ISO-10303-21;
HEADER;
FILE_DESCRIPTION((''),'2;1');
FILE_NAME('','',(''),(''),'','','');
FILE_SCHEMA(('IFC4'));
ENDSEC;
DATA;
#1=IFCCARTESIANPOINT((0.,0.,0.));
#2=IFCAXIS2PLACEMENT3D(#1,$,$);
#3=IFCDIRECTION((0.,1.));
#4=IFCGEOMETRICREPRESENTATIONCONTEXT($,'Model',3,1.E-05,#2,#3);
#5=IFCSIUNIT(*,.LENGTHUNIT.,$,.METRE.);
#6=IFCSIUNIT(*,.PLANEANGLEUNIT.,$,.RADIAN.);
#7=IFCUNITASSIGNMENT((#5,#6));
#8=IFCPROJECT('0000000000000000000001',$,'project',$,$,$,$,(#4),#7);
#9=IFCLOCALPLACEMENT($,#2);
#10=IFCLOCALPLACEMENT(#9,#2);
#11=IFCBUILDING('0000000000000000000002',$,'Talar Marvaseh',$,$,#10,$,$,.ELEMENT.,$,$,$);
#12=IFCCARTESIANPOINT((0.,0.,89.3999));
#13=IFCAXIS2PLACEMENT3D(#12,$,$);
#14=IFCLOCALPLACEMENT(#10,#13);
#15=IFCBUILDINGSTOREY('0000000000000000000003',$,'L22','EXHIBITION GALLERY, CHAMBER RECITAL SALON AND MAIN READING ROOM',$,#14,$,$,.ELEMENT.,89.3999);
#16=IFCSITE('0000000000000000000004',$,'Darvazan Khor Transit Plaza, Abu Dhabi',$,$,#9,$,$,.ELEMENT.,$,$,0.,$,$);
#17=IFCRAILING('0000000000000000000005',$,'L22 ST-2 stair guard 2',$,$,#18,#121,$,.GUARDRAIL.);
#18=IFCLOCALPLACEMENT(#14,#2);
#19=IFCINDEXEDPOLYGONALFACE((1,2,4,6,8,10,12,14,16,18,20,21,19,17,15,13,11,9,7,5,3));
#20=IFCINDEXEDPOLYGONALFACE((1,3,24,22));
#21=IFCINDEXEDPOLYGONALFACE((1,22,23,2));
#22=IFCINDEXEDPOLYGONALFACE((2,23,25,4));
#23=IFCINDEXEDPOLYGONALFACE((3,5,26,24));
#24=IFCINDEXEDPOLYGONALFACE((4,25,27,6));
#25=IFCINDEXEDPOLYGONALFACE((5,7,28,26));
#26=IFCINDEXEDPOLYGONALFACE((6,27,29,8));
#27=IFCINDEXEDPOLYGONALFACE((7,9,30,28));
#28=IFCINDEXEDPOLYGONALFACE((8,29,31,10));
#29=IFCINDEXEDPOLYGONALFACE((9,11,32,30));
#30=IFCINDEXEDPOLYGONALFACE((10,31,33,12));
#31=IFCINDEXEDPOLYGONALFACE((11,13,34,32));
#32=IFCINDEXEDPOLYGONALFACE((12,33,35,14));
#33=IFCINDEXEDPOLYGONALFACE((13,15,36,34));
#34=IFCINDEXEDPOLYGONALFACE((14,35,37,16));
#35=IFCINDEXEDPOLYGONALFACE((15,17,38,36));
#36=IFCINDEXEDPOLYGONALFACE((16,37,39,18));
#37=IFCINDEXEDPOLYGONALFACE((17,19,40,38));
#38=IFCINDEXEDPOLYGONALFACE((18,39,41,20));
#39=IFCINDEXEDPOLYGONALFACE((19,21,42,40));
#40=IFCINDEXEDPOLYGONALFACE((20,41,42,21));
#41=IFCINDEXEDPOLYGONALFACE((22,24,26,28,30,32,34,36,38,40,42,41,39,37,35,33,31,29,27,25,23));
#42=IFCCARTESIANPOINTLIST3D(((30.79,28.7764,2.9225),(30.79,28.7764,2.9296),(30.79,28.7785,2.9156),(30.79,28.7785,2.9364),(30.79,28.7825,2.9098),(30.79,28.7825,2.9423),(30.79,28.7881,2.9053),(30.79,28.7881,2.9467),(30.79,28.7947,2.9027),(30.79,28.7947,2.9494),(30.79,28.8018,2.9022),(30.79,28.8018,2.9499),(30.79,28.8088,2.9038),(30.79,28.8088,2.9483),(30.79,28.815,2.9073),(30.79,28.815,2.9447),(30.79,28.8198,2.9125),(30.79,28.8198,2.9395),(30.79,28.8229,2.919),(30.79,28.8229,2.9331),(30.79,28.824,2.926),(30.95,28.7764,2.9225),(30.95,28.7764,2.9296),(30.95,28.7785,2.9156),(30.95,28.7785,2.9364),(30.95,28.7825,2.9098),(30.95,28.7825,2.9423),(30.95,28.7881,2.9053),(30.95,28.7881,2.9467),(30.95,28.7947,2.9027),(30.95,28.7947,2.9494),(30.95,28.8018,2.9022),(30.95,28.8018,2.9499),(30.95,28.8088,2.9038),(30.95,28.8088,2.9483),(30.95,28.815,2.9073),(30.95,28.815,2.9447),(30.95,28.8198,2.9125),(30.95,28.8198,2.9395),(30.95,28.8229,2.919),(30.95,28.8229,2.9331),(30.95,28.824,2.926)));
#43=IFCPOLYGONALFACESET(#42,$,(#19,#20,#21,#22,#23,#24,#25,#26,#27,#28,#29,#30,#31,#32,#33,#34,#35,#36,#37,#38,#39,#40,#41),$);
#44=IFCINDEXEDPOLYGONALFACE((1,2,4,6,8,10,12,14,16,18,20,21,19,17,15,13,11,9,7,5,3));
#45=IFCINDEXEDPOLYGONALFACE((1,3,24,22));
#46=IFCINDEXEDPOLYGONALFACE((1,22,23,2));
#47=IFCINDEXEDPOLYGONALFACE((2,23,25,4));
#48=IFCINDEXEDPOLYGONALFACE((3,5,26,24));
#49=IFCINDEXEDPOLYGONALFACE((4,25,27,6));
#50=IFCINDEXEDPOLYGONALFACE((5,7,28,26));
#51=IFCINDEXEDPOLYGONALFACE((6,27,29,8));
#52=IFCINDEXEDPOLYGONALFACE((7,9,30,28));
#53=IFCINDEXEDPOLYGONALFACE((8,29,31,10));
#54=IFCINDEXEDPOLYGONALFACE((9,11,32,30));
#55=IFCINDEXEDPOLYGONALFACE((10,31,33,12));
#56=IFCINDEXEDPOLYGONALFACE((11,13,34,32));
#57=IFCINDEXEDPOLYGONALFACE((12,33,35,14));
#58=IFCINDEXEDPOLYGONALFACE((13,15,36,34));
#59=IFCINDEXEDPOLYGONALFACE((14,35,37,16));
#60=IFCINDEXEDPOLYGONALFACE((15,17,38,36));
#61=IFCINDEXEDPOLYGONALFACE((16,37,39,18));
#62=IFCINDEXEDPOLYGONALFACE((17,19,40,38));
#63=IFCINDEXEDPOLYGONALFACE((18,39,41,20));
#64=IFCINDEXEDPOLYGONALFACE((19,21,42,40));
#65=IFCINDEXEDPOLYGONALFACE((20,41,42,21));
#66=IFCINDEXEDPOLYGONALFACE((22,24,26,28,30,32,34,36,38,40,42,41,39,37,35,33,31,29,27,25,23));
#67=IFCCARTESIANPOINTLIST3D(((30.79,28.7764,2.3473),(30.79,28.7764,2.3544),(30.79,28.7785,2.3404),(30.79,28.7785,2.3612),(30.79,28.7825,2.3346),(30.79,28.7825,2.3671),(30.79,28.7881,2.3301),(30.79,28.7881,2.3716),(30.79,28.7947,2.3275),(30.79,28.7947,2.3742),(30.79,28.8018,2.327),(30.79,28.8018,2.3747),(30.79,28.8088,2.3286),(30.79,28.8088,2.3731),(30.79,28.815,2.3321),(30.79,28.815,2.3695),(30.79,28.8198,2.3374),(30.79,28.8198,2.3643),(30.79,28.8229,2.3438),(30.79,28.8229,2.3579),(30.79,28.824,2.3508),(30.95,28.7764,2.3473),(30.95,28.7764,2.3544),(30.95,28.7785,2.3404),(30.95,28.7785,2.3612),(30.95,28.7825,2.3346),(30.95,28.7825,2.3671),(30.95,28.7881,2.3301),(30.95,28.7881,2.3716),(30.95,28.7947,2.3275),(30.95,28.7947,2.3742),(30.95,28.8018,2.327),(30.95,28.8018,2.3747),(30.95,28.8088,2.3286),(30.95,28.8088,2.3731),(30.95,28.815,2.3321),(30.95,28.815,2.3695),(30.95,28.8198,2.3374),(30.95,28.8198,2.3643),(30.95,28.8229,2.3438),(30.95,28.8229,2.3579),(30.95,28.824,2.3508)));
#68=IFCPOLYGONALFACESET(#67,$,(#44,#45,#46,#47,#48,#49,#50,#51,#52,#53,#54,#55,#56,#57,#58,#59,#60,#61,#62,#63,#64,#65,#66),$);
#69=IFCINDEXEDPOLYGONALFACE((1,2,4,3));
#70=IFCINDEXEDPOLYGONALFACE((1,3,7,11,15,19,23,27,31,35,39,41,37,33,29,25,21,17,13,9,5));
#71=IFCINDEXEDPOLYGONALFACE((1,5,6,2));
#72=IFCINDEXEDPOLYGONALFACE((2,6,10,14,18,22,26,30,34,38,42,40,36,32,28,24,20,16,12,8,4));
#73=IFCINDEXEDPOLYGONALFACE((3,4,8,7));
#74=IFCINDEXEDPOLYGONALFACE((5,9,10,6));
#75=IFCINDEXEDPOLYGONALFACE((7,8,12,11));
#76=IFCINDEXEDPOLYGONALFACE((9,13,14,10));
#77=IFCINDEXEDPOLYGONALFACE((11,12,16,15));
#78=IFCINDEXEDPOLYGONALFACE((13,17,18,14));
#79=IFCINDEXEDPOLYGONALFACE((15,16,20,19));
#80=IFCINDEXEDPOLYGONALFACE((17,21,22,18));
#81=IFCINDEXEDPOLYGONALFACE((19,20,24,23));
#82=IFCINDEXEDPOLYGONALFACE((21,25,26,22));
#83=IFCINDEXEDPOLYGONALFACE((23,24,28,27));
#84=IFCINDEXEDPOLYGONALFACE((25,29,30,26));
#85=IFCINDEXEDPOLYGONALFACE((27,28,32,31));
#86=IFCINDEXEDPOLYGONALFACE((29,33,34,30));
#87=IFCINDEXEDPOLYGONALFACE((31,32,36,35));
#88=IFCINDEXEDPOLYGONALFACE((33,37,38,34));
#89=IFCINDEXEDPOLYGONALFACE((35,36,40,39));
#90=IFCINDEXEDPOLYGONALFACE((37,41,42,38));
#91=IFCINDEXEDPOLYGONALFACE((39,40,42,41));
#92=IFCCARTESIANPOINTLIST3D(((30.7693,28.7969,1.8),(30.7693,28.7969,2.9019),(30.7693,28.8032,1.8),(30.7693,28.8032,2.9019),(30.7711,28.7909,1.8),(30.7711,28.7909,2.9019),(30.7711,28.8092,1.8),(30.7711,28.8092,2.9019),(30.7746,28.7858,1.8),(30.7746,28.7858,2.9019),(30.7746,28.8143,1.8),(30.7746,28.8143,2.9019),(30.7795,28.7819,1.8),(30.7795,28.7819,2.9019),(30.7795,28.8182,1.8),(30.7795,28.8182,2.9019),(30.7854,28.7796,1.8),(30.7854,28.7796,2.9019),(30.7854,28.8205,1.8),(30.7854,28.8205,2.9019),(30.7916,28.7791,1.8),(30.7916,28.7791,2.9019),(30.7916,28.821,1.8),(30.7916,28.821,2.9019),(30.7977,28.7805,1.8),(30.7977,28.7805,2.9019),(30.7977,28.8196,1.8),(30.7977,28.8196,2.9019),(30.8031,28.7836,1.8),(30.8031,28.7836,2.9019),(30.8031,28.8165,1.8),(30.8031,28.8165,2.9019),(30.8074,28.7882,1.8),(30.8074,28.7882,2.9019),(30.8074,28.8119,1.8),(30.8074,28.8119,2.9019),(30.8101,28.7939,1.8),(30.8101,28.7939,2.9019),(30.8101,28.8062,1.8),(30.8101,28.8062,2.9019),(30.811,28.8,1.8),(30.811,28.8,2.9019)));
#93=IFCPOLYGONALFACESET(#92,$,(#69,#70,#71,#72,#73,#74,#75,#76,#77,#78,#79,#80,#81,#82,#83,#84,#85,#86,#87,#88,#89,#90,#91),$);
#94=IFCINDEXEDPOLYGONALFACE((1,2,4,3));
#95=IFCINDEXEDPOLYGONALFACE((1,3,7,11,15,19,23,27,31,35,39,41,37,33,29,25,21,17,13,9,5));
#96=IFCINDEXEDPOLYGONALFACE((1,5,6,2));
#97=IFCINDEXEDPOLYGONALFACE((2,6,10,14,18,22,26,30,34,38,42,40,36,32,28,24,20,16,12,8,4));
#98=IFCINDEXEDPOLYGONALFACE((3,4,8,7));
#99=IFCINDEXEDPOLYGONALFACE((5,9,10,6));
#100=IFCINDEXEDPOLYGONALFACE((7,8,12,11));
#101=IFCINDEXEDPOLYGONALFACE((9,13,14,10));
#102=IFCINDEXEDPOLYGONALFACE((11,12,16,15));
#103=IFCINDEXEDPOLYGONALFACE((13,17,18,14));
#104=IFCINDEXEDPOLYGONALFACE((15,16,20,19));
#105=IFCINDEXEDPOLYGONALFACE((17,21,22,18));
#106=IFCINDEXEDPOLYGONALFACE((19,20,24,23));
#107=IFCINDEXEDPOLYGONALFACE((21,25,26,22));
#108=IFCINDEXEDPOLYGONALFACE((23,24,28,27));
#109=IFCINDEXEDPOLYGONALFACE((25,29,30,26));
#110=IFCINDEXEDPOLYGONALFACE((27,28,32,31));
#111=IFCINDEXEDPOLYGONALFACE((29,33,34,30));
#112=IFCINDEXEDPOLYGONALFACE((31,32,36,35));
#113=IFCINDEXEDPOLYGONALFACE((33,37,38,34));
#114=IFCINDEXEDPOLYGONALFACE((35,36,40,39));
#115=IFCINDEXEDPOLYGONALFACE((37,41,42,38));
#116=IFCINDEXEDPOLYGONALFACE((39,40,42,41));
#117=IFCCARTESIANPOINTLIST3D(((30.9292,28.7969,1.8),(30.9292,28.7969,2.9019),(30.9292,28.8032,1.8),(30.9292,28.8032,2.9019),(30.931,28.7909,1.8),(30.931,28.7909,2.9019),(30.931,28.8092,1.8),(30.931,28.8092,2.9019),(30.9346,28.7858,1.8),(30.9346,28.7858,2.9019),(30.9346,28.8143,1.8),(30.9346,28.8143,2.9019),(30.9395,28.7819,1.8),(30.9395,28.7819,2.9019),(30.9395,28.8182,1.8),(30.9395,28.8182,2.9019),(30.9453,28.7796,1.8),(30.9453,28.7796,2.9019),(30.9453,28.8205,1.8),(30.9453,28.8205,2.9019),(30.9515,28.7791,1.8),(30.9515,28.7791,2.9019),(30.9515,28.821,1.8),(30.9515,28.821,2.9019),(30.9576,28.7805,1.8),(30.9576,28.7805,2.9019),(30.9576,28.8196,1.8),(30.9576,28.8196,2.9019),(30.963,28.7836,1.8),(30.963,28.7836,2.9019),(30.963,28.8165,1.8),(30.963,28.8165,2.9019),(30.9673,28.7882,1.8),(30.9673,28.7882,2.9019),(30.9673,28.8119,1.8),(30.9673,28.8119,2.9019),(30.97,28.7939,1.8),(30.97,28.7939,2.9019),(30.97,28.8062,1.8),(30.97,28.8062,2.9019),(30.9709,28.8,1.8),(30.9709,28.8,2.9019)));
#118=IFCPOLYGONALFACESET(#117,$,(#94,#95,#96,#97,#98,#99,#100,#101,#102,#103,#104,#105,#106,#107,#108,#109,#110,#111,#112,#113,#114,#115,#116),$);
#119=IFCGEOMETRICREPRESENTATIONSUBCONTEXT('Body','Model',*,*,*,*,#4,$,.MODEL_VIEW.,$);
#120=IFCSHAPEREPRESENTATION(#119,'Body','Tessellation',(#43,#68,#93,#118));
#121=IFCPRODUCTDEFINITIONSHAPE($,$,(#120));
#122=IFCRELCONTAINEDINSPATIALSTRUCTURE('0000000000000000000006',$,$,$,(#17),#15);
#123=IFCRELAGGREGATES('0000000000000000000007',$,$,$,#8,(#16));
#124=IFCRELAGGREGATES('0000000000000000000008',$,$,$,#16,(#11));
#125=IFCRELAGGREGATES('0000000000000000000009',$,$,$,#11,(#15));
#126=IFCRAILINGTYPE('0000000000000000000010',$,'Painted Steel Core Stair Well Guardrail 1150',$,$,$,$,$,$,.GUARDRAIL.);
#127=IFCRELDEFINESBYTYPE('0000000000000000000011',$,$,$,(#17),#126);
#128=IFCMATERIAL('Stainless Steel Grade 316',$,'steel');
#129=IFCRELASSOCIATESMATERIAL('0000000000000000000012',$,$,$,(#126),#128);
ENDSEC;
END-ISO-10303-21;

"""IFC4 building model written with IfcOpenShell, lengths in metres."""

from ifc_helpers import new_model, si_unit, direction, frame, origin, origin_2d, place, context, subcontext, project, spatial, circle, extrude, material, type_object, element, save


model = new_model("IFC4")

# Units and contexts
model_context = context("Model", 3, precision=1e-05, world=origin(), true_north=direction((0.0, 1.0)))
body_context = subcontext(model_context, "Body", "Model", "MODEL_VIEW")
ifc_project = project(units=[si_unit("LENGTHUNIT", "METRE"), si_unit("PLANEANGLEUNIT", "RADIAN")], contexts=[model_context])

# Site, building, storey
site_placement = place(None, origin())
site = spatial("IfcSite", under=ifc_project, at=site_placement, Name="Darvazan Khor Transit Plaza, Abu Dhabi", CompositionType="ELEMENT", RefElevation=0.0)
building_placement = place(site_placement, origin())
building = spatial("IfcBuilding", under=site, at=building_placement, Name="Talar Marvaseh", CompositionType="ELEMENT")
storey_placement = place(building_placement, frame((0.0, 0.0, 89.3999)))
storey = spatial("IfcBuildingStorey", under=building, at=storey_placement, Name="L22", Description="EXHIBITION GALLERY, CHAMBER RECITAL SALON AND MAIN READING ROOM", CompositionType="ELEMENT", Elevation=89.3999)

# Railing
ifc_material_1 = material(Name="Stainless Steel Grade 316", Category="steel")
railing_type_1 = type_object("IfcRailingType", Name="Painted Steel Core Stair Well Guardrail 1150", PredefinedType="GUARDRAIL", material=ifc_material_1)
railing_1_placement = place(storey_placement, frame((30.79, 28.8, 1.8)))
element("IfcRailing", 1, at=railing_1_placement, inside=storey, type_object=railing_type_1, Name="L22 ST-2 stair guard 2", PredefinedType="GUARDRAIL", context=body_context, shape_type="SweptSolid", body=[
    extrude(circle(Radius=0.0239, at=origin_2d()), frame((0.0, 0.0, 1.126), z_axis=(1.0, 0.0, 0.0), x_axis=(0.0, 1.0, 0.0)), (0.0, 0.0, 1.0), 0.1599),
    extrude(circle(Radius=0.0239, at=origin_2d()), frame((0.0, 0.0, 0.5508), z_axis=(1.0, 0.0, 0.0), x_axis=(0.0, 1.0, 0.0)), (0.0, 0.0, 1.0), 0.1599),
    extrude(circle(Radius=0.021, at=origin_2d()), origin(), (0.0, 0.0, 1.0), 1.1018),
    extrude(circle(Radius=0.021, at=origin_2d()), frame((0.1599, 0.0, 0.0)), (0.0, 0.0, 1.0), 1.1018),
])

save(model, "model.ifc")
